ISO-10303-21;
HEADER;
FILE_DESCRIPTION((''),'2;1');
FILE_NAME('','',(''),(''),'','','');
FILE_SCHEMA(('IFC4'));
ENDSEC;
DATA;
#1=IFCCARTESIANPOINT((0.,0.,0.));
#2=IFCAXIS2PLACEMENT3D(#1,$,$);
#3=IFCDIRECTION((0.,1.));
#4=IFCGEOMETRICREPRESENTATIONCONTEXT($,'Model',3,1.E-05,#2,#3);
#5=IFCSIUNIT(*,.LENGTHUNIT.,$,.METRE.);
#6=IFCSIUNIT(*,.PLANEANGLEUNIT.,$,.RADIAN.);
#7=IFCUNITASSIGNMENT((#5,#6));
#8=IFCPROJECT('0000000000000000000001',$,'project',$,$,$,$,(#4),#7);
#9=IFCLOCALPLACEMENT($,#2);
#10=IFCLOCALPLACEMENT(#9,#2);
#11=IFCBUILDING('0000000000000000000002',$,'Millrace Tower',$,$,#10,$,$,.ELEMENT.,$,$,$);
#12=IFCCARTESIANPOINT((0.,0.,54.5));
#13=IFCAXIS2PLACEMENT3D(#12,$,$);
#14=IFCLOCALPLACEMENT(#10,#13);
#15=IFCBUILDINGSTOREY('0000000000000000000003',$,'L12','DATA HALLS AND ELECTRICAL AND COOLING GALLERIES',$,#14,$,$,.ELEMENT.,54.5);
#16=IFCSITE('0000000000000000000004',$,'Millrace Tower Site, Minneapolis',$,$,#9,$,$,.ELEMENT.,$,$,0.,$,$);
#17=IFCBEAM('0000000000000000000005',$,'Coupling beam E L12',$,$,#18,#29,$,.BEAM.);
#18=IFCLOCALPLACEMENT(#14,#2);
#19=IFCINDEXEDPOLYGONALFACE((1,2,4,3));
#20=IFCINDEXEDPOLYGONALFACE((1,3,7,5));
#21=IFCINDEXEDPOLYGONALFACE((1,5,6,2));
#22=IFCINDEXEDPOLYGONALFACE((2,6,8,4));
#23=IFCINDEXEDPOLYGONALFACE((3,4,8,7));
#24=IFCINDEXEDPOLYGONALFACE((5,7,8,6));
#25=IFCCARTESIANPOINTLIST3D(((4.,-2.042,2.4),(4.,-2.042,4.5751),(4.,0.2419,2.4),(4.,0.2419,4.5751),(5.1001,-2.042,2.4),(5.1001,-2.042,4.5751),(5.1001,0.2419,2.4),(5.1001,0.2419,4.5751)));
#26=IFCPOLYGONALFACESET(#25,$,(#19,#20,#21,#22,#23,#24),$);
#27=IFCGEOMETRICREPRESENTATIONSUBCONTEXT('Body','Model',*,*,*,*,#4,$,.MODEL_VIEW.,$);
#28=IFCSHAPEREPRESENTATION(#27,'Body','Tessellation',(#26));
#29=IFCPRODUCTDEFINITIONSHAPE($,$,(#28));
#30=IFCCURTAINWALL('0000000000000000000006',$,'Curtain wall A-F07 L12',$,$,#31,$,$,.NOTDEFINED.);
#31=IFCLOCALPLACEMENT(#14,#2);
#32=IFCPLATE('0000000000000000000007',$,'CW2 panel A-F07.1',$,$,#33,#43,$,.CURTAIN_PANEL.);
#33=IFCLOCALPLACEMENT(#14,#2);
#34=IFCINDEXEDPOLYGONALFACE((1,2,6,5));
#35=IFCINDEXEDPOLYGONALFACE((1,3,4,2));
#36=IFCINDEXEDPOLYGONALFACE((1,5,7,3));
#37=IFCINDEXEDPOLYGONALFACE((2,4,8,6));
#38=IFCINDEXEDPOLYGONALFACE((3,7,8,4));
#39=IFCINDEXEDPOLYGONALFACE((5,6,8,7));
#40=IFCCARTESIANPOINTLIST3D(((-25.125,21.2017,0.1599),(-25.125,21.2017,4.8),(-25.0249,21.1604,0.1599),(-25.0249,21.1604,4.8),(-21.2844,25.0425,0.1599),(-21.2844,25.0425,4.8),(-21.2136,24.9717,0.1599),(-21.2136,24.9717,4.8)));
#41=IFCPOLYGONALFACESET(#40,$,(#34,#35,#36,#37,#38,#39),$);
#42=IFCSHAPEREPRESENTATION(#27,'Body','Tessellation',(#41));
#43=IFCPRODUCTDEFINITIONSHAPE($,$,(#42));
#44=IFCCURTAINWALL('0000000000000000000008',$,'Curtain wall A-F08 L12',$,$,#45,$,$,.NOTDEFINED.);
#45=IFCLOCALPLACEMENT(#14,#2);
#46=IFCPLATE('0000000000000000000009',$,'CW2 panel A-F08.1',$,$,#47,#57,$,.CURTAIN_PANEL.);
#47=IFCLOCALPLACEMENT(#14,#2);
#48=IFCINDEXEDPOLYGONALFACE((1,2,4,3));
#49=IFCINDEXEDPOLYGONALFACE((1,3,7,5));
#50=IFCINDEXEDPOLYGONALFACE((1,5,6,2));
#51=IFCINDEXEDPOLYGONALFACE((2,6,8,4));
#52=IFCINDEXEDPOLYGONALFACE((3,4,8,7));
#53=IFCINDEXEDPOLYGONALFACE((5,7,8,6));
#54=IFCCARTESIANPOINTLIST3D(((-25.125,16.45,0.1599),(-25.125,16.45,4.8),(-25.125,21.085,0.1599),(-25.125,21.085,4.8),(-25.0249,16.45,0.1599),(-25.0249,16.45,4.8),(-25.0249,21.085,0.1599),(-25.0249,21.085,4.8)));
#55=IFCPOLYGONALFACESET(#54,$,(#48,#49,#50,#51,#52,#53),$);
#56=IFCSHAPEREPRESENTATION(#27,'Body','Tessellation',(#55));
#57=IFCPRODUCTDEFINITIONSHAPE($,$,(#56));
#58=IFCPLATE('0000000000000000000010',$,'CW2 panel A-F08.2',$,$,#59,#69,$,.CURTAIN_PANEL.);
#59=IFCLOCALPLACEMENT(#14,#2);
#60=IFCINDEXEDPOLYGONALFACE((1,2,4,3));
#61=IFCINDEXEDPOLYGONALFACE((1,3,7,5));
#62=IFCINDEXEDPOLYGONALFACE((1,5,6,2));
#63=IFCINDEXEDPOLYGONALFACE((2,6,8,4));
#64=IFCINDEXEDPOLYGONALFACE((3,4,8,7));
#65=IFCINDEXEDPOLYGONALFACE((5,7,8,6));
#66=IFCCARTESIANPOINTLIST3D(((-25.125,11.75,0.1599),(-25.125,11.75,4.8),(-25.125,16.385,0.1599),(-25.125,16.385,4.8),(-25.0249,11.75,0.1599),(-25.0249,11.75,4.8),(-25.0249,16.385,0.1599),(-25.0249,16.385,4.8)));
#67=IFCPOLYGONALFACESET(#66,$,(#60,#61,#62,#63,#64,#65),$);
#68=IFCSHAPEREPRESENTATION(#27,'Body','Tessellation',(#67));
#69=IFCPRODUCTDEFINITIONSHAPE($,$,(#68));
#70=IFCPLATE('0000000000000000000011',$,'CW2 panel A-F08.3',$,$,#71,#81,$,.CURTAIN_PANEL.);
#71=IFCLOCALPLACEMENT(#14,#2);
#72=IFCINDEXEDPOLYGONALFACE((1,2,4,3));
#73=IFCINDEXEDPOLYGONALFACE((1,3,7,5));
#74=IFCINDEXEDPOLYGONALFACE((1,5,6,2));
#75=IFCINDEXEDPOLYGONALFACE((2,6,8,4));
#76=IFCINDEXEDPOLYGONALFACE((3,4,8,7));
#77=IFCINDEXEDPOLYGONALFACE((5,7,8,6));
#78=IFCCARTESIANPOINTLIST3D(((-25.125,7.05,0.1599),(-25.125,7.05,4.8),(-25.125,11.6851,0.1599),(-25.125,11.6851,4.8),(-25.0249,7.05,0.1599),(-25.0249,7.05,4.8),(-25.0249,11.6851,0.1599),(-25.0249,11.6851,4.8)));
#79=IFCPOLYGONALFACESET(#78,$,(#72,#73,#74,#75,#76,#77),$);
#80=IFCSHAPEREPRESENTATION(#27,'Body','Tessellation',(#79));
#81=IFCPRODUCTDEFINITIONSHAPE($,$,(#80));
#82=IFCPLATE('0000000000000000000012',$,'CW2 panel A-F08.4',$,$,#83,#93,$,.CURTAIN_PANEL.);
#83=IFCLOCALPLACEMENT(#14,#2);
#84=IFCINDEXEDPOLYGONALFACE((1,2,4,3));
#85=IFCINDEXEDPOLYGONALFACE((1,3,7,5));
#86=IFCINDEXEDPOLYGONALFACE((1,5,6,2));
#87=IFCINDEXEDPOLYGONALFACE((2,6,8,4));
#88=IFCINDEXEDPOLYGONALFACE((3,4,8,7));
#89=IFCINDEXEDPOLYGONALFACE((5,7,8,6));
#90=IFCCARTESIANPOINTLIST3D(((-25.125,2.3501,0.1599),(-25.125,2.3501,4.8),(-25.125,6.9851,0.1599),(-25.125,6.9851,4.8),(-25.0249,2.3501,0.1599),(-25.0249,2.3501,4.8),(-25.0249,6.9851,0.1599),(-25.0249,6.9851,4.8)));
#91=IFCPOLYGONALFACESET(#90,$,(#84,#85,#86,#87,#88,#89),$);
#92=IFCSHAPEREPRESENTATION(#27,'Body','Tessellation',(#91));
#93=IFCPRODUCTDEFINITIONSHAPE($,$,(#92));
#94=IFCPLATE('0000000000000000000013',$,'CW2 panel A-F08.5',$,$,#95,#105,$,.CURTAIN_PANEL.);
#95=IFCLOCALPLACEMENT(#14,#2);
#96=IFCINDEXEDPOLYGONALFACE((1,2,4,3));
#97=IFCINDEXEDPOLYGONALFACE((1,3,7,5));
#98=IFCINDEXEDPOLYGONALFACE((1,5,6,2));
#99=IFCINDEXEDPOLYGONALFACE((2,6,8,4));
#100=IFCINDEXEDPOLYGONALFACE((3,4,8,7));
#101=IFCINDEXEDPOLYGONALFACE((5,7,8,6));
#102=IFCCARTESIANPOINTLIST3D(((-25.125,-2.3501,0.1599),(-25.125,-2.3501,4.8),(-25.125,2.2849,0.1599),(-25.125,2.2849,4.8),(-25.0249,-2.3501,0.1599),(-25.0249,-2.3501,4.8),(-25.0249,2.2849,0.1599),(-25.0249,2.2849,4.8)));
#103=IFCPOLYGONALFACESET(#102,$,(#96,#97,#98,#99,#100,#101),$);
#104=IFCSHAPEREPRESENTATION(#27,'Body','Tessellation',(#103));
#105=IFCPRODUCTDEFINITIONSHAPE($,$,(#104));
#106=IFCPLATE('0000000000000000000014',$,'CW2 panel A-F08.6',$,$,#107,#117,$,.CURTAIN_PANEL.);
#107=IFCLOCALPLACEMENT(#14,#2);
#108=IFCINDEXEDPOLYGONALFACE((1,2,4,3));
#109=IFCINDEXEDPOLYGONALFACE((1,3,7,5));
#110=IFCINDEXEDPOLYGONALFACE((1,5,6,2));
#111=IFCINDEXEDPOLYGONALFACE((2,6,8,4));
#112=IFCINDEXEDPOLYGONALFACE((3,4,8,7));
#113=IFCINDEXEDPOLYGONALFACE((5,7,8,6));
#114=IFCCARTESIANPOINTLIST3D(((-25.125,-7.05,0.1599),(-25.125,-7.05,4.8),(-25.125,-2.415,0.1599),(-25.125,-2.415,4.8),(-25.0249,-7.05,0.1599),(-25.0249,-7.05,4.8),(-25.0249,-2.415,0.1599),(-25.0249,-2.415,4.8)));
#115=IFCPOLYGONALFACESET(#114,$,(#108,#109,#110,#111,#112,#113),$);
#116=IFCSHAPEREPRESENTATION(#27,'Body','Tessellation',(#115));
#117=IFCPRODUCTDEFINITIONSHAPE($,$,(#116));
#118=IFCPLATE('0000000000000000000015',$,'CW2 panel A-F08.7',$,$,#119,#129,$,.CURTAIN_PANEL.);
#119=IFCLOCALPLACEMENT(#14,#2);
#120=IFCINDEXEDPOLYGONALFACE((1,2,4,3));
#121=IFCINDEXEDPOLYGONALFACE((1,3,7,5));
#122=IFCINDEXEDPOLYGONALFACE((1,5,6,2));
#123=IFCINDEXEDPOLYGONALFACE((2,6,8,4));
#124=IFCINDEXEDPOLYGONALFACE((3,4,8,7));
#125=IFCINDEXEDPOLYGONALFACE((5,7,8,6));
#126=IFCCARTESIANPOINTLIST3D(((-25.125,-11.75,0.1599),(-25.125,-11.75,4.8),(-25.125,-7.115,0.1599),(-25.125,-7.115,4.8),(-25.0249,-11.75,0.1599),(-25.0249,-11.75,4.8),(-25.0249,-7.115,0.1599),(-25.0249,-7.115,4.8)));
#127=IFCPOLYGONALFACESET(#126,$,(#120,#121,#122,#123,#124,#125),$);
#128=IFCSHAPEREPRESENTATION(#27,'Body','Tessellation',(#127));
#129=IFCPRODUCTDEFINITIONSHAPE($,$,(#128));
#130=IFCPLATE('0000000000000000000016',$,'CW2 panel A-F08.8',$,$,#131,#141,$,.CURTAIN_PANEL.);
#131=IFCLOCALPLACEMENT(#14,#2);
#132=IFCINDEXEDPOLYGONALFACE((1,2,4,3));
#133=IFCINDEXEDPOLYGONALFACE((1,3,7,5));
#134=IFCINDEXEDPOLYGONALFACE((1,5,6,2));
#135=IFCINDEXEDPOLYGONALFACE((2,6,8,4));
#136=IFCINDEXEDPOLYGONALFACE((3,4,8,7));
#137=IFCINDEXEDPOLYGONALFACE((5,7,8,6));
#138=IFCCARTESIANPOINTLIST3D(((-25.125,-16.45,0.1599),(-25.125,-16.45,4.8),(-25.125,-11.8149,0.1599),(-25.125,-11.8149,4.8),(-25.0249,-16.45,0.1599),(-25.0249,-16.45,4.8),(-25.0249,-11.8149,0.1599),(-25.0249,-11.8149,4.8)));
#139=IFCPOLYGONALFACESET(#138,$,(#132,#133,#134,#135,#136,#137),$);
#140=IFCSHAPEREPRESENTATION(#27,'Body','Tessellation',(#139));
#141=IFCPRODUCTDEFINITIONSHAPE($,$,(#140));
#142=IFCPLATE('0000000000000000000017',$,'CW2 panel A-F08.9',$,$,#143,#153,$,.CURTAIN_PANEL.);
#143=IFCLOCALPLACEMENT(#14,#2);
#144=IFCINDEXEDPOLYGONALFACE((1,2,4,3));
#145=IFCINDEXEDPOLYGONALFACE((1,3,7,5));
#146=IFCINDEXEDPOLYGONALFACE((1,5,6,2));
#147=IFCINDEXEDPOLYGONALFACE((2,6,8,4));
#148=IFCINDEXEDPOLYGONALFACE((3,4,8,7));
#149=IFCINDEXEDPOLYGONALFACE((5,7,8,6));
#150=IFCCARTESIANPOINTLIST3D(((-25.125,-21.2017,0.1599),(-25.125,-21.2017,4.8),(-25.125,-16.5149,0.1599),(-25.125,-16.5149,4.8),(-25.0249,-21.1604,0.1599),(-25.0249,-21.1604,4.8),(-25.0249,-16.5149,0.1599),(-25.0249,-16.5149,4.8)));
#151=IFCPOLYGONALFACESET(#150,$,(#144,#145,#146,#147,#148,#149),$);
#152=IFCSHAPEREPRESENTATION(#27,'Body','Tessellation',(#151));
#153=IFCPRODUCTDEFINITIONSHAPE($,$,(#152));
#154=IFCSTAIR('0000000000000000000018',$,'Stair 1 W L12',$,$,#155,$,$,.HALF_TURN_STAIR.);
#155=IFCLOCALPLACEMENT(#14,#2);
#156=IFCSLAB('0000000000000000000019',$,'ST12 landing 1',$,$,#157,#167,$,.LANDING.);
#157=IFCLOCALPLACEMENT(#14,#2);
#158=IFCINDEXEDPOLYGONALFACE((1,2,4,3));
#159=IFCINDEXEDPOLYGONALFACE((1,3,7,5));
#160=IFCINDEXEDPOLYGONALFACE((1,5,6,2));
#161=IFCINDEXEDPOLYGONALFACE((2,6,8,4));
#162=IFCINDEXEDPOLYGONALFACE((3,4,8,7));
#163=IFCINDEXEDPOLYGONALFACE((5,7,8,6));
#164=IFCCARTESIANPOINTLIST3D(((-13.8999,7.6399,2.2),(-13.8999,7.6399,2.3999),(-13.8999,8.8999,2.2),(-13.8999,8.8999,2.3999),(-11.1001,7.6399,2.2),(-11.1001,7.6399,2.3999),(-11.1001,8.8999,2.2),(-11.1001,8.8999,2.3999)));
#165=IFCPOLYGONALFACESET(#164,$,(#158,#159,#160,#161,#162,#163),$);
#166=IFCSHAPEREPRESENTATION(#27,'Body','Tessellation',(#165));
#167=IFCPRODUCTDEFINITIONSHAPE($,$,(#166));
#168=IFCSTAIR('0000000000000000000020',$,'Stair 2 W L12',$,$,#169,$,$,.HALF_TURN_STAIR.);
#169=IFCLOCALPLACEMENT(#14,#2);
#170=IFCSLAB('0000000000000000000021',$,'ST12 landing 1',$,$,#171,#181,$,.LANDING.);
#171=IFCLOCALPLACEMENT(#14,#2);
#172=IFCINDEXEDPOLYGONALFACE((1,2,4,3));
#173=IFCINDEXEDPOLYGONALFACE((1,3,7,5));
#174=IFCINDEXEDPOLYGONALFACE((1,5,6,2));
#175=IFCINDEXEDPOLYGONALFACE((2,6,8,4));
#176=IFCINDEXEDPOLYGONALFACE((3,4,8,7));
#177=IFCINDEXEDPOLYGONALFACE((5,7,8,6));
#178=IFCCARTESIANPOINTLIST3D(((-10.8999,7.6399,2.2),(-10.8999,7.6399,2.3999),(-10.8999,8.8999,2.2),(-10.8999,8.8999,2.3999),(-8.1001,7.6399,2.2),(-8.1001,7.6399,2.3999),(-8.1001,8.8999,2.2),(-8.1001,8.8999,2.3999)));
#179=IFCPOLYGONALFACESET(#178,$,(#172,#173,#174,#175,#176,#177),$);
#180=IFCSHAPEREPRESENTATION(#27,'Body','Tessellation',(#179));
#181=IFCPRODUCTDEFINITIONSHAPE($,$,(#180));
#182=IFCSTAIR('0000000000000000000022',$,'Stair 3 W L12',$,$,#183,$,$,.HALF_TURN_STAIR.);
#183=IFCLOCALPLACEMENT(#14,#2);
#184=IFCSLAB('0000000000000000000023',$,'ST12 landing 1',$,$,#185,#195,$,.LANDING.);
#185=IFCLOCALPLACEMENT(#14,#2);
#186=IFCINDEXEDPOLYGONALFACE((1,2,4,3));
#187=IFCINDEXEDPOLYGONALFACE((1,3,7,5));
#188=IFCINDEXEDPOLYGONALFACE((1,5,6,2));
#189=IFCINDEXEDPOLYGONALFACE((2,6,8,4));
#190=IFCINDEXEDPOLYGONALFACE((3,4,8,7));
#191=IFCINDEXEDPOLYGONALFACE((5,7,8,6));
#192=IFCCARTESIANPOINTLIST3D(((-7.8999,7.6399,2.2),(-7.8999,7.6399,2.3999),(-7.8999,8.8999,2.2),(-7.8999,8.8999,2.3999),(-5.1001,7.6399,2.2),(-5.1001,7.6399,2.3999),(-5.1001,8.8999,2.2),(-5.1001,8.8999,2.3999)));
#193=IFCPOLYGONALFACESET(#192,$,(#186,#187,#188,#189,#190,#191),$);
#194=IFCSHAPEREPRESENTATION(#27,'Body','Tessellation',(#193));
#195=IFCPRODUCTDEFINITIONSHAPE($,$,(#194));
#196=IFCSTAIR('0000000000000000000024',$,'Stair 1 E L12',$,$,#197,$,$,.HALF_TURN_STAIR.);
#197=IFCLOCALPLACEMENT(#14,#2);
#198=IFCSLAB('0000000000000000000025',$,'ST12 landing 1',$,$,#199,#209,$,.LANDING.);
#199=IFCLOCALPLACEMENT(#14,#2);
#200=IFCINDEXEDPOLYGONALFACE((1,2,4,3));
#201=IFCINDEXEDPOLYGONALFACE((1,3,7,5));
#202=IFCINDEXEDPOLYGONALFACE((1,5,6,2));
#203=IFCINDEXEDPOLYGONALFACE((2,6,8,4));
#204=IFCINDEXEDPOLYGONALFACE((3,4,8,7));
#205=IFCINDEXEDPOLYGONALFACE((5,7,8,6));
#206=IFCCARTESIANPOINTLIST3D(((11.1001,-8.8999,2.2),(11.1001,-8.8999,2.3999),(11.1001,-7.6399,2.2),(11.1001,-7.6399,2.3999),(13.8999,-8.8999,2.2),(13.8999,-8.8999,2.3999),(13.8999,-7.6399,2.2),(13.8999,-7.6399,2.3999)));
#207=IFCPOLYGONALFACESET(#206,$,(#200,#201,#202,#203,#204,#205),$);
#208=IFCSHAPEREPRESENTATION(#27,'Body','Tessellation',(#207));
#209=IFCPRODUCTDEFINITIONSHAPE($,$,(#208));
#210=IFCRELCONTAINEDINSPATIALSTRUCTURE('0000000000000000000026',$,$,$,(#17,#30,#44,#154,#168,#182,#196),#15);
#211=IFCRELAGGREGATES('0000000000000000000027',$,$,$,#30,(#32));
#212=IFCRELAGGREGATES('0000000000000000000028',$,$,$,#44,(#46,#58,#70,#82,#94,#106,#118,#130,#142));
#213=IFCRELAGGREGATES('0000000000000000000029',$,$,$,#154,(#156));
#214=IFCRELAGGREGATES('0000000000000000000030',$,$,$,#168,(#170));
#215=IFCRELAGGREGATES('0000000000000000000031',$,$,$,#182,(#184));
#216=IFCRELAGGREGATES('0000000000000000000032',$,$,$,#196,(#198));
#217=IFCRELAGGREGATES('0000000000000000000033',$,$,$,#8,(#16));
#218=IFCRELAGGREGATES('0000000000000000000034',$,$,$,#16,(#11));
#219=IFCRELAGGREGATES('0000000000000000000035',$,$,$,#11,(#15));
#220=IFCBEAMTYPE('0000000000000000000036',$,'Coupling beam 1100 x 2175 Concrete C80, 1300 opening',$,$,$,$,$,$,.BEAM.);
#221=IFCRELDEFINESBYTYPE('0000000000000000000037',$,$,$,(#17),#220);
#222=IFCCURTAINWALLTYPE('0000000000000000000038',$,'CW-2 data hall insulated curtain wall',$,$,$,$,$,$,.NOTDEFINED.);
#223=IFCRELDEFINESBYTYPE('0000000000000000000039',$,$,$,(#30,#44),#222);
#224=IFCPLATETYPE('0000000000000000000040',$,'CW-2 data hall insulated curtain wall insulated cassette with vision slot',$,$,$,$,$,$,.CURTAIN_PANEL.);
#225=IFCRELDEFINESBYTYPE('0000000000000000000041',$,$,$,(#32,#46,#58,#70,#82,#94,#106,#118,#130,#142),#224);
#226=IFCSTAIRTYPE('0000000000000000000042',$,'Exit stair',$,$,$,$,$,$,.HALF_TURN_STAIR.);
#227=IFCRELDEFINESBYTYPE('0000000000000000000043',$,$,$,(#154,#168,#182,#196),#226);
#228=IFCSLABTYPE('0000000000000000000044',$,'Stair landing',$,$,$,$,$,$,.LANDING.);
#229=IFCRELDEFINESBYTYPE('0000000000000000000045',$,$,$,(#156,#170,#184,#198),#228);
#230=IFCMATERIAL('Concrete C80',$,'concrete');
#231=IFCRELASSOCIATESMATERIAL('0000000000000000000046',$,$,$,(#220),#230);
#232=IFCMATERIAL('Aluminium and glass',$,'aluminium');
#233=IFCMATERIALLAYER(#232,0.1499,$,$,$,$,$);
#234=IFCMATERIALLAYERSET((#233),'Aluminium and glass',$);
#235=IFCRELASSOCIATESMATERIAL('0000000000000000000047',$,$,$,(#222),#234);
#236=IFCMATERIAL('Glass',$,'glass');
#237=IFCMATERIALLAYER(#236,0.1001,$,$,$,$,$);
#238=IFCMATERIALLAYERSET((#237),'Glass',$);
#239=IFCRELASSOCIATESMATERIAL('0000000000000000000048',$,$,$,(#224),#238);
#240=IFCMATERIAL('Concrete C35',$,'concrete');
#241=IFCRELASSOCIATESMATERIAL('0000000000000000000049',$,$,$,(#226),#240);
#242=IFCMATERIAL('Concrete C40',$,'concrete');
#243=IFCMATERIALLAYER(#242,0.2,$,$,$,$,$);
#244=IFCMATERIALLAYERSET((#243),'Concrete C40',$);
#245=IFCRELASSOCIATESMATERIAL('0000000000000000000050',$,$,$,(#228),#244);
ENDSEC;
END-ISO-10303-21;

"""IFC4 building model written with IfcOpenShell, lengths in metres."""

from ifc_helpers import new_model, si_unit, direction, frame, origin, origin_2d, place, context, subcontext, project, spatial, polyline, rectangle, outline, extrude, material, layer, layer_set, material_profile, profile_set, type_object, element, aggregate, save


model = new_model("IFC4")

# Units and contexts
model_context = context("Model", 3, precision=1e-05, world=origin(), true_north=direction((0.0, 1.0)))
body_context = subcontext(model_context, "Body", "Model", "MODEL_VIEW")
ifc_project = project(units=[si_unit("LENGTHUNIT", "METRE"), si_unit("PLANEANGLEUNIT", "RADIAN")], contexts=[model_context])

# Site, building, storey
site_placement = place(None, origin())
site = spatial("IfcSite", under=ifc_project, at=site_placement, Name="Millrace Tower Site, Minneapolis", CompositionType="ELEMENT", RefElevation=0.0)
building_placement = place(site_placement, origin())
building = spatial("IfcBuilding", under=site, at=building_placement, Name="Millrace Tower", CompositionType="ELEMENT")
storey_placement = place(building_placement, frame((0.0, 0.0, 54.5)))
storey = spatial("IfcBuildingStorey", under=building, at=storey_placement, Name="L12", Description="DATA HALLS AND ELECTRICAL AND COOLING GALLERIES", CompositionType="ELEMENT", Elevation=54.5)

# Beam
ifc_material_1 = material(Name="Concrete C80", Category="concrete")
ifc_material_profile = material_profile(ifc_material_1, rectangle(XDim=1.1001, YDim=2.175, at=origin_2d()))
ifc_profile_set = profile_set([ifc_material_profile], Name="Concrete C80")
beam_type = type_object("IfcBeamType", Name="Coupling beam 1100 x 2175 Concrete C80, 1300 opening", PredefinedType="BEAM", material=ifc_profile_set)
beam_placement = place(storey_placement, frame((4.55, 0.2419, 3.4875), z_axis=(0.0, -1.0, 0.0), x_axis=(1.0, 0.0, 0.0)))
element("IfcBeam", 1, at=beam_placement, inside=storey, type_object=beam_type, Name="Coupling beam E L12", PredefinedType="BEAM", context=body_context, shape_type="SweptSolid", body=[
    extrude(rectangle(XDim=1.1001, YDim=2.175, at=origin_2d()), origin(), (0.0, 0.0, 1.0), 2.2839),
])

# Curtain wall, plate
ifc_material_2 = material(Name="Aluminium and glass", Category="aluminium")
ifc_layer_1 = layer(ifc_material_2, 0.1499)
ifc_layer_set_1 = layer_set([ifc_layer_1], Name="Aluminium and glass")
curtain_wall_type = type_object("IfcCurtainWallType", Name="CW-2 data hall insulated curtain wall", PredefinedType="NOTDEFINED", material=ifc_layer_set_1)
placement_1 = place(storey_placement, origin())
curtain_wall_1 = element("IfcCurtainWall", 2, at=placement_1, inside=storey, type_object=curtain_wall_type, Name="Curtain wall A-F07 L12", PredefinedType="NOTDEFINED")
ifc_material_3 = material(Name="Glass", Category="glass")
ifc_layer_2 = layer(ifc_material_3, 0.1001)
ifc_layer_set_2 = layer_set([ifc_layer_2], Name="Glass")
plate_type = type_object("IfcPlateType", Name="CW-2 data hall insulated curtain wall insulated cassette with vision slot", PredefinedType="CURTAIN_PANEL", material=ifc_layer_set_2)
placement_2 = place(storey_placement, frame((0.0, 0.0, 0.1599)))
plate_1 = element("IfcPlate", 3, at=placement_2, type_object=plate_type, Name="CW2 panel A-F07.1", PredefinedType="CURTAIN_PANEL", context=body_context, shape_type="SweptSolid", body=[
    extrude(outline(polyline([(-21.2844, 25.0425), (-25.125, 21.2017), (-25.0249, 21.1604), (-21.2136, 24.9717), (-21.2844, 25.0425)])), origin(), (0.0, 0.0, 1.0), 4.6401),
])
aggregate(curtain_wall_1, [plate_1])

# Curtain wall, plates
curtain_wall_2 = element("IfcCurtainWall", 4, at=placement_1, inside=storey, type_object=curtain_wall_type, Name="Curtain wall A-F08 L12", PredefinedType="NOTDEFINED")
plate_2 = element("IfcPlate", 5, at=placement_2, type_object=plate_type, Name="CW2 panel A-F08.1", PredefinedType="CURTAIN_PANEL", context=body_context, shape_type="SweptSolid", body=[
    extrude(outline(polyline([(-25.125, 21.085), (-25.125, 16.45), (-25.0249, 16.45), (-25.0249, 21.085), (-25.125, 21.085)])), origin(), (0.0, 0.0, 1.0), 4.6401),
])
plate_3 = element("IfcPlate", 6, at=placement_2, type_object=plate_type, Name="CW2 panel A-F08.2", PredefinedType="CURTAIN_PANEL", context=body_context, shape_type="SweptSolid", body=[
    extrude(outline(polyline([(-25.125, 16.385), (-25.125, 11.75), (-25.0249, 11.75), (-25.0249, 16.385), (-25.125, 16.385)])), origin(), (0.0, 0.0, 1.0), 4.6401),
])
plate_4 = element("IfcPlate", 7, at=placement_2, type_object=plate_type, Name="CW2 panel A-F08.3", PredefinedType="CURTAIN_PANEL", context=body_context, shape_type="SweptSolid", body=[
    extrude(outline(polyline([(-25.125, 11.6851), (-25.125, 7.05), (-25.0249, 7.05), (-25.0249, 11.6851), (-25.125, 11.6851)])), origin(), (0.0, 0.0, 1.0), 4.6401),
])
plate_5 = element("IfcPlate", 8, at=placement_2, type_object=plate_type, Name="CW2 panel A-F08.4", PredefinedType="CURTAIN_PANEL", context=body_context, shape_type="SweptSolid", body=[
    extrude(outline(polyline([(-25.125, 6.9851), (-25.125, 2.3501), (-25.0249, 2.3501), (-25.0249, 6.9851), (-25.125, 6.9851)])), origin(), (0.0, 0.0, 1.0), 4.6401),
])
plate_6 = element("IfcPlate", 9, at=placement_2, type_object=plate_type, Name="CW2 panel A-F08.5", PredefinedType="CURTAIN_PANEL", context=body_context, shape_type="SweptSolid", body=[
    extrude(outline(polyline([(-25.125, 2.2849), (-25.125, -2.3501), (-25.0249, -2.3501), (-25.0249, 2.2849), (-25.125, 2.2849)])), origin(), (0.0, 0.0, 1.0), 4.6401),
])
plate_7 = element("IfcPlate", 10, at=placement_2, type_object=plate_type, Name="CW2 panel A-F08.6", PredefinedType="CURTAIN_PANEL", context=body_context, shape_type="SweptSolid", body=[
    extrude(outline(polyline([(-25.125, -2.415), (-25.125, -7.05), (-25.0249, -7.05), (-25.0249, -2.415), (-25.125, -2.415)])), origin(), (0.0, 0.0, 1.0), 4.6401),
])
plate_8 = element("IfcPlate", 11, at=placement_2, type_object=plate_type, Name="CW2 panel A-F08.7", PredefinedType="CURTAIN_PANEL", context=body_context, shape_type="SweptSolid", body=[
    extrude(outline(polyline([(-25.125, -7.115), (-25.125, -11.75), (-25.0249, -11.75), (-25.0249, -7.115), (-25.125, -7.115)])), origin(), (0.0, 0.0, 1.0), 4.6401),
])
plate_9 = element("IfcPlate", 12, at=placement_2, type_object=plate_type, Name="CW2 panel A-F08.8", PredefinedType="CURTAIN_PANEL", context=body_context, shape_type="SweptSolid", body=[
    extrude(outline(polyline([(-25.125, -11.8149), (-25.125, -16.45), (-25.0249, -16.45), (-25.0249, -11.8149), (-25.125, -11.8149)])), origin(), (0.0, 0.0, 1.0), 4.6401),
])
plate_10 = element("IfcPlate", 13, at=placement_2, type_object=plate_type, Name="CW2 panel A-F08.9", PredefinedType="CURTAIN_PANEL", context=body_context, shape_type="SweptSolid", body=[
    extrude(outline(polyline([(-25.125, -16.5149), (-25.125, -21.2017), (-25.0249, -21.1604), (-25.0249, -16.5149), (-25.125, -16.5149)])), origin(), (0.0, 0.0, 1.0), 4.6401),
])
aggregate(curtain_wall_2, [plate_2, plate_3, plate_4, plate_5, plate_6, plate_7, plate_8, plate_9, plate_10])

# Stairs, slabs
ifc_material_4 = material(Name="Concrete C35", Category="concrete")
stair_type = type_object("IfcStairType", Name="Exit stair", PredefinedType="HALF_TURN_STAIR", material=ifc_material_4)
stair_1 = element("IfcStair", 14, at=placement_1, inside=storey, type_object=stair_type, Name="Stair 1 W L12", PredefinedType="HALF_TURN_STAIR")
ifc_material_5 = material(Name="Concrete C40", Category="concrete")
ifc_layer_3 = layer(ifc_material_5, 0.2)
ifc_layer_set_3 = layer_set([ifc_layer_3], Name="Concrete C40")
slab_type = type_object("IfcSlabType", Name="Stair landing", PredefinedType="LANDING", material=ifc_layer_set_3)
placement_3 = place(storey_placement, frame((0.0, 0.0, 2.2)))
slab_1 = element("IfcSlab", 15, at=placement_3, type_object=slab_type, Name="ST12 landing 1", PredefinedType="LANDING", context=body_context, shape_type="SweptSolid", body=[
    extrude(outline(polyline([(-13.8999, 7.6399), (-11.1001, 7.6399), (-11.1001, 8.8999), (-13.8999, 8.8999), (-13.8999, 7.6399)])), origin(), (0.0, 0.0, 1.0), 0.2),
])
aggregate(stair_1, [slab_1])
stair_2 = element("IfcStair", 16, at=placement_1, inside=storey, type_object=stair_type, Name="Stair 2 W L12", PredefinedType="HALF_TURN_STAIR")
slab_2 = element("IfcSlab", 17, at=placement_3, type_object=slab_type, Name="ST12 landing 1", PredefinedType="LANDING", context=body_context, shape_type="SweptSolid", body=[
    extrude(outline(polyline([(-10.8999, 7.6399), (-8.1001, 7.6399), (-8.1001, 8.8999), (-10.8999, 8.8999), (-10.8999, 7.6399)])), origin(), (0.0, 0.0, 1.0), 0.2),
])
aggregate(stair_2, [slab_2])
stair_3 = element("IfcStair", 18, at=placement_1, inside=storey, type_object=stair_type, Name="Stair 3 W L12", PredefinedType="HALF_TURN_STAIR")
slab_3 = element("IfcSlab", 19, at=placement_3, type_object=slab_type, Name="ST12 landing 1", PredefinedType="LANDING", context=body_context, shape_type="SweptSolid", body=[
    extrude(outline(polyline([(-7.8999, 7.6399), (-5.1001, 7.6399), (-5.1001, 8.8999), (-7.8999, 8.8999), (-7.8999, 7.6399)])), origin(), (0.0, 0.0, 1.0), 0.2),
])
aggregate(stair_3, [slab_3])
stair_4 = element("IfcStair", 20, at=placement_1, inside=storey, type_object=stair_type, Name="Stair 1 E L12", PredefinedType="HALF_TURN_STAIR")
slab_4 = element("IfcSlab", 21, at=placement_3, type_object=slab_type, Name="ST12 landing 1", PredefinedType="LANDING", context=body_context, shape_type="SweptSolid", body=[
    extrude(outline(polyline([(11.1001, -8.8999), (13.8999, -8.8999), (13.8999, -7.6399), (11.1001, -7.6399), (11.1001, -8.8999)])), origin(), (0.0, 0.0, 1.0), 0.2),
])
aggregate(stair_4, [slab_4])

save(model, "model.ifc")
